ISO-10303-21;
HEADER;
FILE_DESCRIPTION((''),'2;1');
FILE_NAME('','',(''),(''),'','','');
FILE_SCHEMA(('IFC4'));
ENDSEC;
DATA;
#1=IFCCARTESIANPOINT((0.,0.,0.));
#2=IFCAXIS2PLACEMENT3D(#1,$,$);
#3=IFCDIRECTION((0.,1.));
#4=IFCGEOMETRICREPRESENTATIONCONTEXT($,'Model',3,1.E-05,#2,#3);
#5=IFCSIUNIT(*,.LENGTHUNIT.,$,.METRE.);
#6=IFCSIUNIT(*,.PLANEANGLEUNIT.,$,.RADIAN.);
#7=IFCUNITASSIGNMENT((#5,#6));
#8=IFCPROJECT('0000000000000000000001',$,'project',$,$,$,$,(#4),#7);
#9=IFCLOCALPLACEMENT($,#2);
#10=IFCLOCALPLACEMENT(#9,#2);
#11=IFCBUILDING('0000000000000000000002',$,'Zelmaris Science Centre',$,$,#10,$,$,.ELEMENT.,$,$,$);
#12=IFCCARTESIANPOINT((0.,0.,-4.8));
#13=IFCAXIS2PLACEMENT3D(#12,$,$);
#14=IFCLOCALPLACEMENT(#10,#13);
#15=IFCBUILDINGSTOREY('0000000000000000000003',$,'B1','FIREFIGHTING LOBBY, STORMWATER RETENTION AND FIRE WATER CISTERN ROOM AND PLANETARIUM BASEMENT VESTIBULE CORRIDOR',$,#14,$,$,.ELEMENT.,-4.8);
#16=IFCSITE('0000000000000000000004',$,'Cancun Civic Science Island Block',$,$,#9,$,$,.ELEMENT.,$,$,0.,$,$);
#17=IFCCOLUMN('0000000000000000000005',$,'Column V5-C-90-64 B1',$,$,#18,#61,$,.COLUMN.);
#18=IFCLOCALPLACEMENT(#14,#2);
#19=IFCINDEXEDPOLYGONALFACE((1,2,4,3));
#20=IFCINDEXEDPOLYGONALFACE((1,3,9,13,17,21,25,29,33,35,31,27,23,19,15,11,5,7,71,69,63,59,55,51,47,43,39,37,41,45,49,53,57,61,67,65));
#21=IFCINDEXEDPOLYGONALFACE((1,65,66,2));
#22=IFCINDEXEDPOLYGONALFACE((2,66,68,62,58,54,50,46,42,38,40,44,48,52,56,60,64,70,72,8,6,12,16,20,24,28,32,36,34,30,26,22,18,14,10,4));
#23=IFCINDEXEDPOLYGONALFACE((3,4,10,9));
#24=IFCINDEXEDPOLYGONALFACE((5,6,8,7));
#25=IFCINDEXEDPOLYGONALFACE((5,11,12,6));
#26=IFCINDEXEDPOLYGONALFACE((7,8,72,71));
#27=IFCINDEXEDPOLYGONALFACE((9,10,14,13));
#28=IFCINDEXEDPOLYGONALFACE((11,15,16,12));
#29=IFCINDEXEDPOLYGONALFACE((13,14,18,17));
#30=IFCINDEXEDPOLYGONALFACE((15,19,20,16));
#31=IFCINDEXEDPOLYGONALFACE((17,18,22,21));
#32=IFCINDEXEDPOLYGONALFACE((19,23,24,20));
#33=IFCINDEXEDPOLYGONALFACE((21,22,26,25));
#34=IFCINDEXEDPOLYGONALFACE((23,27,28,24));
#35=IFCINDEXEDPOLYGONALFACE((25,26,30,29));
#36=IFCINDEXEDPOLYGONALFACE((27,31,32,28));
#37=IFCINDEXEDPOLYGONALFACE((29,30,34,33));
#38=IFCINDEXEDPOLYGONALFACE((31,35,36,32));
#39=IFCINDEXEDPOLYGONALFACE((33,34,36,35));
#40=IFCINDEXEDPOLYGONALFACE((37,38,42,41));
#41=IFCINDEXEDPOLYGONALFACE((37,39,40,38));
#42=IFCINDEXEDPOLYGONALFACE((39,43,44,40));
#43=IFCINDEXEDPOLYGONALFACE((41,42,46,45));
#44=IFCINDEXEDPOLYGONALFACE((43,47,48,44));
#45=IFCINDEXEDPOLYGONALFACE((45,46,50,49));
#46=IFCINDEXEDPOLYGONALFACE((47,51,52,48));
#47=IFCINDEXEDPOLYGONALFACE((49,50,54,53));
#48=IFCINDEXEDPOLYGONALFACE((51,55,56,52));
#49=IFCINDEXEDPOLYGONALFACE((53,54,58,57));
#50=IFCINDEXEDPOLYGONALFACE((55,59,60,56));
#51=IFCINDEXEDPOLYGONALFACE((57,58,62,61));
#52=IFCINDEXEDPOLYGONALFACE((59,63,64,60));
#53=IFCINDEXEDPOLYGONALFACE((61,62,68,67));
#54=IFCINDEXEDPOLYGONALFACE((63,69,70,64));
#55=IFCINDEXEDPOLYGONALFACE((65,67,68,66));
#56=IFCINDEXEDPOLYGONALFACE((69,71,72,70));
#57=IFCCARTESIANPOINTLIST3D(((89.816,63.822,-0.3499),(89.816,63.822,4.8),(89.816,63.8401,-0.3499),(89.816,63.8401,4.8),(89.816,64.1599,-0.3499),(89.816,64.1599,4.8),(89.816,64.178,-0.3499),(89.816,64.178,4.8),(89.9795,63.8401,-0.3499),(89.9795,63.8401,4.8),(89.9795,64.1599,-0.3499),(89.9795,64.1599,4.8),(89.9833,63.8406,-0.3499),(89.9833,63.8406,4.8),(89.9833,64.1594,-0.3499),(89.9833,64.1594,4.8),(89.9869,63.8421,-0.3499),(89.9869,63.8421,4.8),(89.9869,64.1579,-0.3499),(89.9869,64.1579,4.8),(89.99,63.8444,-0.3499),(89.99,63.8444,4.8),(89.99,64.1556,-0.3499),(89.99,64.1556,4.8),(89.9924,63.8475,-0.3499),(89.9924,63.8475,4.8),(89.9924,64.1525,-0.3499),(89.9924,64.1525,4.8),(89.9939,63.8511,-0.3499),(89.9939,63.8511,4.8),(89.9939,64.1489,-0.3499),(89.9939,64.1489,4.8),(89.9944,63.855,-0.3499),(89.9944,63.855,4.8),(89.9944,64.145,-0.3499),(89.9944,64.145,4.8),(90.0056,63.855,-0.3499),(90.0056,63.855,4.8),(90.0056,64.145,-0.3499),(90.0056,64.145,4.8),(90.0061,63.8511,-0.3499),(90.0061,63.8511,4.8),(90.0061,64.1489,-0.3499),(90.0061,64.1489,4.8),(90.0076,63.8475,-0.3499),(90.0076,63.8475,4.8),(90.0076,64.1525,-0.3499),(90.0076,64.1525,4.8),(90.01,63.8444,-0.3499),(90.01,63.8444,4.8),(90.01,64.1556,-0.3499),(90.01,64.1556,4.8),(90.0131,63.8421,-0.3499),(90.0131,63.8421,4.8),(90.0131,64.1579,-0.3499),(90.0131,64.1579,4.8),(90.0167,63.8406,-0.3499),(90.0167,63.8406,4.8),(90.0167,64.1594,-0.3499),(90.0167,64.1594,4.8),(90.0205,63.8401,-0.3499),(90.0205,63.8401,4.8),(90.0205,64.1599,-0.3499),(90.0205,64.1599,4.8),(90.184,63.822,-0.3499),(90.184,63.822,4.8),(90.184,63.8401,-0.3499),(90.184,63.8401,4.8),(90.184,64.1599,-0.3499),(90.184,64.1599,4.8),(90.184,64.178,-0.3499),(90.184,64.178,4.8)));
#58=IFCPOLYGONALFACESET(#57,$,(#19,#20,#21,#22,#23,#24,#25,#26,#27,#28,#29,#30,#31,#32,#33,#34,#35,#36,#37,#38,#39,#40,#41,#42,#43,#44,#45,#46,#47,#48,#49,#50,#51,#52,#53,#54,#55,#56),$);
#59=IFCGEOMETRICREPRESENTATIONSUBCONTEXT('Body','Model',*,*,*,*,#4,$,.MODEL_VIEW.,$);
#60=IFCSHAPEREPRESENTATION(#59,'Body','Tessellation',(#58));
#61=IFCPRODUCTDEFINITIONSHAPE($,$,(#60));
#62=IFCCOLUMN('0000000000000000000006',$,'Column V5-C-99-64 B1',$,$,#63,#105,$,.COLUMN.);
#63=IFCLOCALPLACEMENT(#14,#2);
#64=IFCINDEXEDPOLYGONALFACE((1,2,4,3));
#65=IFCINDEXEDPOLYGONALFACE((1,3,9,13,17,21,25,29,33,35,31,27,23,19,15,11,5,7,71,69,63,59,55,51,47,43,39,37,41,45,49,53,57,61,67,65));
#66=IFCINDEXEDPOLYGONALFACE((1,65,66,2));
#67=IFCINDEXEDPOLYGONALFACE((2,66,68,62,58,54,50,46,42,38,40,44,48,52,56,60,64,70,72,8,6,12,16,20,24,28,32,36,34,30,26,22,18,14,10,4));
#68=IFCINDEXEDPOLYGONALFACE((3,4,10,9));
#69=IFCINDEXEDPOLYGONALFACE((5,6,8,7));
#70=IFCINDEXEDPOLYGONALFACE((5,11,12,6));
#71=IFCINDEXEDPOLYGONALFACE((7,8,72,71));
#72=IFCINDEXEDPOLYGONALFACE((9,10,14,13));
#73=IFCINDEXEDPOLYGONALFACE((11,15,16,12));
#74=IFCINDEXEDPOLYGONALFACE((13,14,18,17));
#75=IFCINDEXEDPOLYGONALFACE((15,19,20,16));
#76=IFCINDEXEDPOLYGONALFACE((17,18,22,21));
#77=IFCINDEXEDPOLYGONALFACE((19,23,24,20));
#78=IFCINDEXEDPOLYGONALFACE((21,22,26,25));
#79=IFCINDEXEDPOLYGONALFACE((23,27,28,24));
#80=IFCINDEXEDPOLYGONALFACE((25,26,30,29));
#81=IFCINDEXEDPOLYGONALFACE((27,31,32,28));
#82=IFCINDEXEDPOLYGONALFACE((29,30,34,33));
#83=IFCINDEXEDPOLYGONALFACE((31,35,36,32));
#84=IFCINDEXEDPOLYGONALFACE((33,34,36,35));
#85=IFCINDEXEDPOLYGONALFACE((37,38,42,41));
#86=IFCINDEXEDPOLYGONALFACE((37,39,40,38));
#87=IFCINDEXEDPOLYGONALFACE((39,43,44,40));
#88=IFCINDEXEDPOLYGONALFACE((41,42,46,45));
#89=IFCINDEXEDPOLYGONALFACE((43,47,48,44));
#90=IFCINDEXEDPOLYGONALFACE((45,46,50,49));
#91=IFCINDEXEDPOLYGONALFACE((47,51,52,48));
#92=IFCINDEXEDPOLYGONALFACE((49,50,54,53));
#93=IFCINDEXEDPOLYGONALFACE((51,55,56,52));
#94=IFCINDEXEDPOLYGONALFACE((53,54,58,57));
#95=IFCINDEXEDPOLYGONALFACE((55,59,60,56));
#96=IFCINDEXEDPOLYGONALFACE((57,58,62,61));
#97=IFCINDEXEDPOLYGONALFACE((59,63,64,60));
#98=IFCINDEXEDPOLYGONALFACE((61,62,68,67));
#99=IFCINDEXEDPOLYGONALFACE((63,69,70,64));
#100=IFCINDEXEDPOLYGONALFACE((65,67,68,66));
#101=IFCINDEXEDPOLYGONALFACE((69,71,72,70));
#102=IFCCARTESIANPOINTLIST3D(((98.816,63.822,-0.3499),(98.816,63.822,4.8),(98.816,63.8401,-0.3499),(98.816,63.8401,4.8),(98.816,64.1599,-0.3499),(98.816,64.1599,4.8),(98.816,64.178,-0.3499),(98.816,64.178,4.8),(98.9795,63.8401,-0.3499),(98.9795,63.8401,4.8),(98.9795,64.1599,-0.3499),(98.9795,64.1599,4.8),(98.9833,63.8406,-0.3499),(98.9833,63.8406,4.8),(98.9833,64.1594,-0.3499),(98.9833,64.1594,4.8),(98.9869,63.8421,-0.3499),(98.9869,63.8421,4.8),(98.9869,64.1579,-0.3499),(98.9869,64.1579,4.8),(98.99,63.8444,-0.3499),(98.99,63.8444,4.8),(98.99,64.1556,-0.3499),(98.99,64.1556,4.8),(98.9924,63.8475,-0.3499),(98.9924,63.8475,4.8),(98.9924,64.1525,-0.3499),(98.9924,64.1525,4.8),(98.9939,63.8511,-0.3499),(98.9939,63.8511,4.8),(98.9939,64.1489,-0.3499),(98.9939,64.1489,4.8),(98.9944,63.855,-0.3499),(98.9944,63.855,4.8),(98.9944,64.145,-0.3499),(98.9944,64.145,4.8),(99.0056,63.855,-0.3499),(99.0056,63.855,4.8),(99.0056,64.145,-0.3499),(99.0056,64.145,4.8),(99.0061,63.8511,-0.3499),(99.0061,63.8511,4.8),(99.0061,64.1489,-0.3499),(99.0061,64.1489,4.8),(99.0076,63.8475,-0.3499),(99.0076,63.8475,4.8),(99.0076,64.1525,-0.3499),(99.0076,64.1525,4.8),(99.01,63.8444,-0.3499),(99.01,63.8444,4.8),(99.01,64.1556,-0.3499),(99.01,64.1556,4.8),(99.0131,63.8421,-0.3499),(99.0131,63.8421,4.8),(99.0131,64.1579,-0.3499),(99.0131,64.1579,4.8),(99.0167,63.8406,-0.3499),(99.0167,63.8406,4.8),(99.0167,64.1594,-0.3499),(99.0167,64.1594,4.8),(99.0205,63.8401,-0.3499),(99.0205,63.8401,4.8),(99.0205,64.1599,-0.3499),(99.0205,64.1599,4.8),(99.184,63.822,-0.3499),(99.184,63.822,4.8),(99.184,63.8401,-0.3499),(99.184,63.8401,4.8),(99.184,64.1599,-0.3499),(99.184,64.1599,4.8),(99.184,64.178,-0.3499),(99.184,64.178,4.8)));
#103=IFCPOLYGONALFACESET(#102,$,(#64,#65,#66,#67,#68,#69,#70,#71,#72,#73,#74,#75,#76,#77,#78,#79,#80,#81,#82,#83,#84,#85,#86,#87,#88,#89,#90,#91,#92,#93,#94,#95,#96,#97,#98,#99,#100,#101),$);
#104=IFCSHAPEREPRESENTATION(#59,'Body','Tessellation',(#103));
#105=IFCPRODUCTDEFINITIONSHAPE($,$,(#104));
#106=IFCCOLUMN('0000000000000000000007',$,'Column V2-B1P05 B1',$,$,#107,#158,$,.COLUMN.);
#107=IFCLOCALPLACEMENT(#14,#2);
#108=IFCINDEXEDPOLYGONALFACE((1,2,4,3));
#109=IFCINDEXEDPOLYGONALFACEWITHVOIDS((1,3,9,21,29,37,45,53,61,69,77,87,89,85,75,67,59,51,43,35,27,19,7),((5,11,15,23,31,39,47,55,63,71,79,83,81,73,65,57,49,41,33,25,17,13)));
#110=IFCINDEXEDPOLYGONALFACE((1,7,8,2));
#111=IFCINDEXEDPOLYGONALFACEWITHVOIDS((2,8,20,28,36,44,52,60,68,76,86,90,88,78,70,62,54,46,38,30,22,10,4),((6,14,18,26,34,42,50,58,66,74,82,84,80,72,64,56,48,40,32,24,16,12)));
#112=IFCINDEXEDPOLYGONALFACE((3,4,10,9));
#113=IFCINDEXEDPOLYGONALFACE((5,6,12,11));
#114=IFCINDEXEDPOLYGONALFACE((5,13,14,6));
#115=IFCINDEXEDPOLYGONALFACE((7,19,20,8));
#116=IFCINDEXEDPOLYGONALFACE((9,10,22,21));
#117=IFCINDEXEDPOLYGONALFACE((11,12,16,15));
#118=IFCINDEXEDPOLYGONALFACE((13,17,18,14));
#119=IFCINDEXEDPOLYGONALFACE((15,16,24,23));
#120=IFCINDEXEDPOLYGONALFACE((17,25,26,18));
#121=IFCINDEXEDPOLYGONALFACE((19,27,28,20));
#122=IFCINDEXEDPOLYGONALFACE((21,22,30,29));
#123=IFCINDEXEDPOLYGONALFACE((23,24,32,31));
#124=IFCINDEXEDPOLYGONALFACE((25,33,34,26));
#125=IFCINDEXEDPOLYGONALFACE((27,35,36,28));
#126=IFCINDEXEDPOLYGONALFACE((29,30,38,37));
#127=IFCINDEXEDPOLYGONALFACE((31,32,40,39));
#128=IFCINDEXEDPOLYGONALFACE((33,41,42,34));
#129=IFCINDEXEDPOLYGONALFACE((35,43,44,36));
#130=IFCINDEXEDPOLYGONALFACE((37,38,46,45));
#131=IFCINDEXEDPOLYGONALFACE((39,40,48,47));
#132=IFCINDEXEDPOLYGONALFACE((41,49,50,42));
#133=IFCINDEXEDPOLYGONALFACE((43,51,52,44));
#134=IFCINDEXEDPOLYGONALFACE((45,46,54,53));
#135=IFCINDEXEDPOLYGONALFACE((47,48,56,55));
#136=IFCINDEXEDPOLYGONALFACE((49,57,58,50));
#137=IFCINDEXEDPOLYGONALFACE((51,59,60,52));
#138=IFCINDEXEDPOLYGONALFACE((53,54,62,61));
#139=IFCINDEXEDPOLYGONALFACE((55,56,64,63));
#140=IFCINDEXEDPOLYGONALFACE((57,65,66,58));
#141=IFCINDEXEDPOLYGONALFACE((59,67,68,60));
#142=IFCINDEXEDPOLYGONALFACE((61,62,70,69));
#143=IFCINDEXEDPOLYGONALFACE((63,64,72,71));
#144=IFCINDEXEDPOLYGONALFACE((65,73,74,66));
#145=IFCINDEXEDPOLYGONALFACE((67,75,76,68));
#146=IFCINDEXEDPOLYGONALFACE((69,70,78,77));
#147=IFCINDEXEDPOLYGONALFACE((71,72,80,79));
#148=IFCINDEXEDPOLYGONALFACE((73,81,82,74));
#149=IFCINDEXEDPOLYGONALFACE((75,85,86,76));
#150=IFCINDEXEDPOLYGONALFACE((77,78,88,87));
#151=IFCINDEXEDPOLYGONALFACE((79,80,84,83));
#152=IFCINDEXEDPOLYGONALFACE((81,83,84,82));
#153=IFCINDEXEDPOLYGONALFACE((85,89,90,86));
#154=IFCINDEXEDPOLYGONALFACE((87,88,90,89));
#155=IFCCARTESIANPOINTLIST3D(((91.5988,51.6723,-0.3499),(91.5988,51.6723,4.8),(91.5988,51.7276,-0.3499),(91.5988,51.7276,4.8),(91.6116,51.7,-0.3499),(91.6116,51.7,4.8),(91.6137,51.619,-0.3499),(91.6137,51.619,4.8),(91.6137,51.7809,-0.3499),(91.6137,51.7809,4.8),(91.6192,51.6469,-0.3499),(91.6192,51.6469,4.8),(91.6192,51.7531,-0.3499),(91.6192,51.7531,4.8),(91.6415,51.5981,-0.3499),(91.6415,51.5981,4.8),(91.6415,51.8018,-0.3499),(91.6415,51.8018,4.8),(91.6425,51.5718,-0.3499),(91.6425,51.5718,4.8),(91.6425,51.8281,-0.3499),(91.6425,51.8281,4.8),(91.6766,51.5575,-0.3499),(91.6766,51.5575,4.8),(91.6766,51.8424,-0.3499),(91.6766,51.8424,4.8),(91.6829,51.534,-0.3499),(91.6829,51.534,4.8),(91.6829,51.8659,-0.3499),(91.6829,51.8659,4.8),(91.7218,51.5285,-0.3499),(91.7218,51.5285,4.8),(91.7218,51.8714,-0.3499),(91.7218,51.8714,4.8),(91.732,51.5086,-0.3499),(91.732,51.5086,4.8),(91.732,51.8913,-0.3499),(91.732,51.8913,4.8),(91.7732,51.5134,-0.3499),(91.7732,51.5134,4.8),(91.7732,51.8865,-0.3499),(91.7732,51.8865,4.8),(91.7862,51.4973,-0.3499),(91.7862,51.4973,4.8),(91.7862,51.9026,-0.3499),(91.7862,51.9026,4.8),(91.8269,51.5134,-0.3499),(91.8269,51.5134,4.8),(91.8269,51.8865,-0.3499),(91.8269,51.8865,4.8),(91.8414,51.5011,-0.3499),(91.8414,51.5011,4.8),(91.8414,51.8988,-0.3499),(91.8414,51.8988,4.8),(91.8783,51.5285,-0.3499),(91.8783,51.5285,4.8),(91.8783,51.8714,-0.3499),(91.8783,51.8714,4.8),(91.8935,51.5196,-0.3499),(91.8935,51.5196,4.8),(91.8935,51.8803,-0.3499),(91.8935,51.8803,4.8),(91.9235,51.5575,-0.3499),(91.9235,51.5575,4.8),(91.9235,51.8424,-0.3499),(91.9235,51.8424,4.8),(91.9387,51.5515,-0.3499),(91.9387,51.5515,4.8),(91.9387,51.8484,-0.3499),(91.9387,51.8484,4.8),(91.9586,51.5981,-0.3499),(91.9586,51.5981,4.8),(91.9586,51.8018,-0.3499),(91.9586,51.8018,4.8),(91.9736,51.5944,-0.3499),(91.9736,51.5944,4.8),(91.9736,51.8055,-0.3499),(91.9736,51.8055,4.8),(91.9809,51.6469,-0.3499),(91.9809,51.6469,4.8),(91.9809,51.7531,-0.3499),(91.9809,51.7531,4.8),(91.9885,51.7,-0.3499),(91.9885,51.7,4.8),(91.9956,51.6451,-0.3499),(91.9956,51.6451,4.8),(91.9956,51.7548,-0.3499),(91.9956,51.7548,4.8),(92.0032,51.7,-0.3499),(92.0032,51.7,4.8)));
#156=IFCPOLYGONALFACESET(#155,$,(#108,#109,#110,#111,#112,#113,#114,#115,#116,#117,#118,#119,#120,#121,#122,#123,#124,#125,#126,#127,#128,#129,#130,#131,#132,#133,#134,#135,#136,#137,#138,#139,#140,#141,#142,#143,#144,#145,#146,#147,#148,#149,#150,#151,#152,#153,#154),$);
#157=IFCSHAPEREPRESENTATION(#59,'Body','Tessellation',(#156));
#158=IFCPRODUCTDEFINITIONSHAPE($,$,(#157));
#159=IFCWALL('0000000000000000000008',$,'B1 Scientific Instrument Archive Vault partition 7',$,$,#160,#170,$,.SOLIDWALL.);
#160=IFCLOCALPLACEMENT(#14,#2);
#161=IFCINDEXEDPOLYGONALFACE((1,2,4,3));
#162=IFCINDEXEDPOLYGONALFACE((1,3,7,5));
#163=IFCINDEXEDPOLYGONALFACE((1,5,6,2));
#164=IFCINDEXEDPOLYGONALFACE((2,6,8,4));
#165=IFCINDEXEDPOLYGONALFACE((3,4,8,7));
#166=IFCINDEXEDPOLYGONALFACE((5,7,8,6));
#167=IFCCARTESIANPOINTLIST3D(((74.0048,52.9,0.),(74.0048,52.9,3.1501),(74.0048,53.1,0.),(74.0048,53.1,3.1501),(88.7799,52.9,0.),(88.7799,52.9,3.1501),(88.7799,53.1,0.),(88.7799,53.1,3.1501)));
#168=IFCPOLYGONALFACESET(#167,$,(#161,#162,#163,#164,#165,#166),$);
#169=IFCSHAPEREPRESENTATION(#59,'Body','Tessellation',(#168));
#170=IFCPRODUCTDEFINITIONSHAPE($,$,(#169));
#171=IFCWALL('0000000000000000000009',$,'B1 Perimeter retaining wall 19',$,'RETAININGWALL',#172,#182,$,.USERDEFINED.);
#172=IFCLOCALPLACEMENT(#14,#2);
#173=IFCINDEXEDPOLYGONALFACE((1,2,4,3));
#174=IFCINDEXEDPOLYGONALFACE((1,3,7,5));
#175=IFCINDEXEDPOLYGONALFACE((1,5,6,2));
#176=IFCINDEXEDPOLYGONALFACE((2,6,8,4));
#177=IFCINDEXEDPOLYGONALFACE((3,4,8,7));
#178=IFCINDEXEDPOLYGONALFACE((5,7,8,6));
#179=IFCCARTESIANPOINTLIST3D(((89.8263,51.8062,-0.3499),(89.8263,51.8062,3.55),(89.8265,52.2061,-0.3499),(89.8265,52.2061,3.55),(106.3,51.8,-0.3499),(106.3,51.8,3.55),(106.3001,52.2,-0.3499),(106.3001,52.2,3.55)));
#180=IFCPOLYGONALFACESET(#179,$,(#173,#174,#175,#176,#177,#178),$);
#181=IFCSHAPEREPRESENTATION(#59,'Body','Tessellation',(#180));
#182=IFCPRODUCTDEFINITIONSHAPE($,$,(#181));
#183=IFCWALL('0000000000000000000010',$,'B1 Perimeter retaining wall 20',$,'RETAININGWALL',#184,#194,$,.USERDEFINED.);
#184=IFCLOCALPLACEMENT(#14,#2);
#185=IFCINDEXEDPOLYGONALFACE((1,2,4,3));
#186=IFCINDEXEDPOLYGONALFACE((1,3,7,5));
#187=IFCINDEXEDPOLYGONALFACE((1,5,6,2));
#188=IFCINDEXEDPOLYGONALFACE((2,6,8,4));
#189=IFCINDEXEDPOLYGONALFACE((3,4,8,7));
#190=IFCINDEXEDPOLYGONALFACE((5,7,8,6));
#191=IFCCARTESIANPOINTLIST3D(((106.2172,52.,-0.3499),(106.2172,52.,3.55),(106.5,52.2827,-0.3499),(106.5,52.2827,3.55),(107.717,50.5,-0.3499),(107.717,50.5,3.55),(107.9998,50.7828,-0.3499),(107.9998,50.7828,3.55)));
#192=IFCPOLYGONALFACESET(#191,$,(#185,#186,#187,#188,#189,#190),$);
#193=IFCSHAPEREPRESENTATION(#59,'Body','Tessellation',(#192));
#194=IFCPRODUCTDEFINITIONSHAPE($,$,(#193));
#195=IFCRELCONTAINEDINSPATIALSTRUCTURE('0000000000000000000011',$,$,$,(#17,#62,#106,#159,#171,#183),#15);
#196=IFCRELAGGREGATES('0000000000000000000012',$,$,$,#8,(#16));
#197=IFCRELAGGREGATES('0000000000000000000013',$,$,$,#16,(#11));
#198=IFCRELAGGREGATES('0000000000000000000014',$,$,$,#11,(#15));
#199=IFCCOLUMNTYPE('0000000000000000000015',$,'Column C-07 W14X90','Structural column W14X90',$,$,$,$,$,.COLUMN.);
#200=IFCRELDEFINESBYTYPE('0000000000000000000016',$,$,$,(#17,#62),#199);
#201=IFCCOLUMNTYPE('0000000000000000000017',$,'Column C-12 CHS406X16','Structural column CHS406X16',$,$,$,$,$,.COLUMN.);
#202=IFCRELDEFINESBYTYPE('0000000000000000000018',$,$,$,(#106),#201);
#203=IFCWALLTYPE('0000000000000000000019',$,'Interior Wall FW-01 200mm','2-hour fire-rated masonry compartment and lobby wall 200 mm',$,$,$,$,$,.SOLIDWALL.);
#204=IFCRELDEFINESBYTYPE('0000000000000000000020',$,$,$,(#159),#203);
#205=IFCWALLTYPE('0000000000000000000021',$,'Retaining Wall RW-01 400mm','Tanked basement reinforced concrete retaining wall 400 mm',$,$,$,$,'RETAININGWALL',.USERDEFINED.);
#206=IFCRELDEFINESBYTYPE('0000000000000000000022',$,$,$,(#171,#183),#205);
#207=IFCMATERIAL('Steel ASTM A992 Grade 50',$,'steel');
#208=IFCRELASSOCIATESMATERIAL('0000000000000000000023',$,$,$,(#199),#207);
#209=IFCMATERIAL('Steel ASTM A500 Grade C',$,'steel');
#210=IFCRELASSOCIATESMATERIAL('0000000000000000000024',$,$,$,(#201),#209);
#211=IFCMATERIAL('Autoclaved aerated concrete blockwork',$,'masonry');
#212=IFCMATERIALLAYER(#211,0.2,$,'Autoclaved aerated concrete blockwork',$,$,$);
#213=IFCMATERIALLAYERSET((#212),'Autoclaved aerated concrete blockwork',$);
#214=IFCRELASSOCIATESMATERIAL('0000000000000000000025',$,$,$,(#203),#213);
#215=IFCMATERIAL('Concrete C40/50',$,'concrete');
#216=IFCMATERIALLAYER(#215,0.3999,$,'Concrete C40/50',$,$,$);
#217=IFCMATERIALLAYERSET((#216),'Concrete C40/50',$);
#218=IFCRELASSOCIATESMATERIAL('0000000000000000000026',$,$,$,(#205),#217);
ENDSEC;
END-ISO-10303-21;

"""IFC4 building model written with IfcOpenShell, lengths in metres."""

from ifc_helpers import new_model, si_unit, direction, frame, frame_2d, origin, origin_2d, place, context, subcontext, project, spatial, rectangle, hollow_circle, i_section, extrude, material, layer, layer_set, material_profile, profile_set, type_object, element, save


model = new_model("IFC4")

# Units and contexts
model_context = context("Model", 3, precision=1e-05, world=origin(), true_north=direction((0.0, 1.0)))
body_context = subcontext(model_context, "Body", "Model", "MODEL_VIEW")
ifc_project = project(units=[si_unit("LENGTHUNIT", "METRE"), si_unit("PLANEANGLEUNIT", "RADIAN")], contexts=[model_context])

# Site, building, storey
site_placement = place(None, origin())
site = spatial("IfcSite", under=ifc_project, at=site_placement, Name="Cancun Civic Science Island Block", CompositionType="ELEMENT", RefElevation=0.0)
building_placement = place(site_placement, origin())
building = spatial("IfcBuilding", under=site, at=building_placement, Name="Zelmaris Science Centre", CompositionType="ELEMENT")
storey_placement = place(building_placement, frame((0.0, 0.0, -4.8)))
storey = spatial("IfcBuildingStorey", under=building, at=storey_placement, Name="B1", Description="FIREFIGHTING LOBBY, STORMWATER RETENTION AND FIRE WATER CISTERN ROOM AND PLANETARIUM BASEMENT VESTIBULE CORRIDOR", CompositionType="ELEMENT", Elevation=-4.8)

# Shared definitions
ifc_material_1 = material(Name="Concrete C40/50", Category="concrete")

# Columns
ifc_material_2 = material(Name="Steel ASTM A992 Grade 50", Category="steel")
ifc_material_profile_1 = material_profile(ifc_material_2, i_section(OverallWidth=0.3679, OverallDepth=0.356, WebThickness=0.0112, FlangeThickness=0.0181, FilletRadius=0.0149, at=origin_2d()), Name="W14X90")
ifc_profile_set_1 = profile_set([ifc_material_profile_1], Name="Steel ASTM A992 Grade 50")
column_type_1 = type_object("IfcColumnType", Name="Column C-07 W14X90", Description="Structural column W14X90", PredefinedType="COLUMN", material=ifc_profile_set_1)
for number, where, z_axis, x_axis, name in (
    (1, (90.0, 64.0, -0.3499), (0.0, 0.0, 1.0), (1.0, 0.0, 0.0), "Column V5-C-90-64 B1"),
    (2, (99.0, 64.0, -0.3499), (0.0, 0.0, 1.0), (1.0, 0.0, 0.0), "Column V5-C-99-64 B1"),
):
    element("IfcColumn", number, at=place(storey_placement, frame(where, z_axis=z_axis, x_axis=x_axis)), inside=storey, type_object=column_type_1, Name=name, PredefinedType="COLUMN", context=body_context, shape_type="SweptSolid", body=[
        extrude(i_section(OverallWidth=0.3679, OverallDepth=0.356, WebThickness=0.0112, FlangeThickness=0.0181, FilletRadius=0.0149, at=origin_2d()), origin(), (0.0, 0.0, 1.0), 5.1499),
    ])
ifc_material_3 = material(Name="Steel ASTM A500 Grade C", Category="steel")
ifc_material_profile_2 = material_profile(ifc_material_3, hollow_circle(Radius=0.2031, WallThickness=0.0146, at=origin_2d()), Name="CHS406X16")
ifc_profile_set_2 = profile_set([ifc_material_profile_2], Name="Steel ASTM A500 Grade C")
column_type_2 = type_object("IfcColumnType", Name="Column C-12 CHS406X16", Description="Structural column CHS406X16", PredefinedType="COLUMN", material=ifc_profile_set_2)
column_placement = place(storey_placement, frame((91.8, 51.7, -0.3499), z_axis=(0.0, 0.0, 1.0), x_axis=(1.0, 0.0, 0.0)))
element("IfcColumn", 3, at=column_placement, inside=storey, type_object=column_type_2, Name="Column V2-B1P05 B1", PredefinedType="COLUMN", context=body_context, shape_type="SweptSolid", body=[
    extrude(hollow_circle(Radius=0.2031, WallThickness=0.0146, at=origin_2d()), origin(), (0.0, 0.0, 1.0), 5.1499),
])

# Walls
ifc_material_4 = material(Name="Autoclaved aerated concrete blockwork", Category="masonry")
ifc_layer_1 = layer(ifc_material_4, 0.2, Name="Autoclaved aerated concrete blockwork")
ifc_layer_set_1 = layer_set([ifc_layer_1], Name="Autoclaved aerated concrete blockwork")
wall_type_1 = type_object("IfcWallType", Name="Interior Wall FW-01 200mm", Description="2-hour fire-rated masonry compartment and lobby wall 200 mm", PredefinedType="SOLIDWALL", material=ifc_layer_set_1)
wall_1_placement = place(storey_placement, frame((88.78, 53.0, 0.0), z_axis=(0.0, 0.0, 1.0), x_axis=(-1.0, 0.0, 0.0)))
element("IfcWall", 4, at=wall_1_placement, inside=storey, type_object=wall_type_1, Name="B1 Scientific Instrument Archive Vault partition 7", PredefinedType="SOLIDWALL", context=body_context, shape_type="SweptSolid", body=[
    extrude(rectangle(XDim=14.7751, YDim=0.2, at=frame_2d((7.3877, 0.0))), origin(), (0.0, 0.0, 1.0), 3.1501),
])
ifc_layer_2 = layer(ifc_material_1, 0.3999, Name="Concrete C40/50")
ifc_layer_set_2 = layer_set([ifc_layer_2], Name="Concrete C40/50")
wall_type_2 = type_object("IfcWallType", Name="Retaining Wall RW-01 400mm", Description="Tanked basement reinforced concrete retaining wall 400 mm", ElementType="RETAININGWALL", PredefinedType="USERDEFINED", material=ifc_layer_set_2)
wall_2_placement = place(storey_placement, frame((89.8264, 52.0061, -0.3499), z_axis=(0.0, 0.0, 1.0), x_axis=(1.0, -0.000371, 0.0)))
element("IfcWall", 5, at=wall_2_placement, inside=storey, type_object=wall_type_2, Name="B1 Perimeter retaining wall 19", ObjectType="RETAININGWALL", PredefinedType="USERDEFINED", context=body_context, shape_type="SweptSolid", body=[
    extrude(rectangle(XDim=16.4736, YDim=0.3999, at=frame_2d((8.2368, 0.0))), origin(), (0.0, 0.0, 1.0), 3.8999),
])
wall_3_placement = place(storey_placement, frame((106.3586, 52.1414, -0.3499), z_axis=(0.0, 0.0, 1.0), x_axis=(0.707049, -0.707164, 0.0)))
element("IfcWall", 6, at=wall_3_placement, inside=storey, type_object=wall_type_2, Name="B1 Perimeter retaining wall 20", ObjectType="RETAININGWALL", PredefinedType="USERDEFINED", context=body_context, shape_type="SweptSolid", body=[
    extrude(rectangle(XDim=2.1211, YDim=0.3999, at=frame_2d((1.0605, 0.0))), origin(), (0.0, 0.0, 1.0), 3.8999),
])

save(model, "model.ifc")
